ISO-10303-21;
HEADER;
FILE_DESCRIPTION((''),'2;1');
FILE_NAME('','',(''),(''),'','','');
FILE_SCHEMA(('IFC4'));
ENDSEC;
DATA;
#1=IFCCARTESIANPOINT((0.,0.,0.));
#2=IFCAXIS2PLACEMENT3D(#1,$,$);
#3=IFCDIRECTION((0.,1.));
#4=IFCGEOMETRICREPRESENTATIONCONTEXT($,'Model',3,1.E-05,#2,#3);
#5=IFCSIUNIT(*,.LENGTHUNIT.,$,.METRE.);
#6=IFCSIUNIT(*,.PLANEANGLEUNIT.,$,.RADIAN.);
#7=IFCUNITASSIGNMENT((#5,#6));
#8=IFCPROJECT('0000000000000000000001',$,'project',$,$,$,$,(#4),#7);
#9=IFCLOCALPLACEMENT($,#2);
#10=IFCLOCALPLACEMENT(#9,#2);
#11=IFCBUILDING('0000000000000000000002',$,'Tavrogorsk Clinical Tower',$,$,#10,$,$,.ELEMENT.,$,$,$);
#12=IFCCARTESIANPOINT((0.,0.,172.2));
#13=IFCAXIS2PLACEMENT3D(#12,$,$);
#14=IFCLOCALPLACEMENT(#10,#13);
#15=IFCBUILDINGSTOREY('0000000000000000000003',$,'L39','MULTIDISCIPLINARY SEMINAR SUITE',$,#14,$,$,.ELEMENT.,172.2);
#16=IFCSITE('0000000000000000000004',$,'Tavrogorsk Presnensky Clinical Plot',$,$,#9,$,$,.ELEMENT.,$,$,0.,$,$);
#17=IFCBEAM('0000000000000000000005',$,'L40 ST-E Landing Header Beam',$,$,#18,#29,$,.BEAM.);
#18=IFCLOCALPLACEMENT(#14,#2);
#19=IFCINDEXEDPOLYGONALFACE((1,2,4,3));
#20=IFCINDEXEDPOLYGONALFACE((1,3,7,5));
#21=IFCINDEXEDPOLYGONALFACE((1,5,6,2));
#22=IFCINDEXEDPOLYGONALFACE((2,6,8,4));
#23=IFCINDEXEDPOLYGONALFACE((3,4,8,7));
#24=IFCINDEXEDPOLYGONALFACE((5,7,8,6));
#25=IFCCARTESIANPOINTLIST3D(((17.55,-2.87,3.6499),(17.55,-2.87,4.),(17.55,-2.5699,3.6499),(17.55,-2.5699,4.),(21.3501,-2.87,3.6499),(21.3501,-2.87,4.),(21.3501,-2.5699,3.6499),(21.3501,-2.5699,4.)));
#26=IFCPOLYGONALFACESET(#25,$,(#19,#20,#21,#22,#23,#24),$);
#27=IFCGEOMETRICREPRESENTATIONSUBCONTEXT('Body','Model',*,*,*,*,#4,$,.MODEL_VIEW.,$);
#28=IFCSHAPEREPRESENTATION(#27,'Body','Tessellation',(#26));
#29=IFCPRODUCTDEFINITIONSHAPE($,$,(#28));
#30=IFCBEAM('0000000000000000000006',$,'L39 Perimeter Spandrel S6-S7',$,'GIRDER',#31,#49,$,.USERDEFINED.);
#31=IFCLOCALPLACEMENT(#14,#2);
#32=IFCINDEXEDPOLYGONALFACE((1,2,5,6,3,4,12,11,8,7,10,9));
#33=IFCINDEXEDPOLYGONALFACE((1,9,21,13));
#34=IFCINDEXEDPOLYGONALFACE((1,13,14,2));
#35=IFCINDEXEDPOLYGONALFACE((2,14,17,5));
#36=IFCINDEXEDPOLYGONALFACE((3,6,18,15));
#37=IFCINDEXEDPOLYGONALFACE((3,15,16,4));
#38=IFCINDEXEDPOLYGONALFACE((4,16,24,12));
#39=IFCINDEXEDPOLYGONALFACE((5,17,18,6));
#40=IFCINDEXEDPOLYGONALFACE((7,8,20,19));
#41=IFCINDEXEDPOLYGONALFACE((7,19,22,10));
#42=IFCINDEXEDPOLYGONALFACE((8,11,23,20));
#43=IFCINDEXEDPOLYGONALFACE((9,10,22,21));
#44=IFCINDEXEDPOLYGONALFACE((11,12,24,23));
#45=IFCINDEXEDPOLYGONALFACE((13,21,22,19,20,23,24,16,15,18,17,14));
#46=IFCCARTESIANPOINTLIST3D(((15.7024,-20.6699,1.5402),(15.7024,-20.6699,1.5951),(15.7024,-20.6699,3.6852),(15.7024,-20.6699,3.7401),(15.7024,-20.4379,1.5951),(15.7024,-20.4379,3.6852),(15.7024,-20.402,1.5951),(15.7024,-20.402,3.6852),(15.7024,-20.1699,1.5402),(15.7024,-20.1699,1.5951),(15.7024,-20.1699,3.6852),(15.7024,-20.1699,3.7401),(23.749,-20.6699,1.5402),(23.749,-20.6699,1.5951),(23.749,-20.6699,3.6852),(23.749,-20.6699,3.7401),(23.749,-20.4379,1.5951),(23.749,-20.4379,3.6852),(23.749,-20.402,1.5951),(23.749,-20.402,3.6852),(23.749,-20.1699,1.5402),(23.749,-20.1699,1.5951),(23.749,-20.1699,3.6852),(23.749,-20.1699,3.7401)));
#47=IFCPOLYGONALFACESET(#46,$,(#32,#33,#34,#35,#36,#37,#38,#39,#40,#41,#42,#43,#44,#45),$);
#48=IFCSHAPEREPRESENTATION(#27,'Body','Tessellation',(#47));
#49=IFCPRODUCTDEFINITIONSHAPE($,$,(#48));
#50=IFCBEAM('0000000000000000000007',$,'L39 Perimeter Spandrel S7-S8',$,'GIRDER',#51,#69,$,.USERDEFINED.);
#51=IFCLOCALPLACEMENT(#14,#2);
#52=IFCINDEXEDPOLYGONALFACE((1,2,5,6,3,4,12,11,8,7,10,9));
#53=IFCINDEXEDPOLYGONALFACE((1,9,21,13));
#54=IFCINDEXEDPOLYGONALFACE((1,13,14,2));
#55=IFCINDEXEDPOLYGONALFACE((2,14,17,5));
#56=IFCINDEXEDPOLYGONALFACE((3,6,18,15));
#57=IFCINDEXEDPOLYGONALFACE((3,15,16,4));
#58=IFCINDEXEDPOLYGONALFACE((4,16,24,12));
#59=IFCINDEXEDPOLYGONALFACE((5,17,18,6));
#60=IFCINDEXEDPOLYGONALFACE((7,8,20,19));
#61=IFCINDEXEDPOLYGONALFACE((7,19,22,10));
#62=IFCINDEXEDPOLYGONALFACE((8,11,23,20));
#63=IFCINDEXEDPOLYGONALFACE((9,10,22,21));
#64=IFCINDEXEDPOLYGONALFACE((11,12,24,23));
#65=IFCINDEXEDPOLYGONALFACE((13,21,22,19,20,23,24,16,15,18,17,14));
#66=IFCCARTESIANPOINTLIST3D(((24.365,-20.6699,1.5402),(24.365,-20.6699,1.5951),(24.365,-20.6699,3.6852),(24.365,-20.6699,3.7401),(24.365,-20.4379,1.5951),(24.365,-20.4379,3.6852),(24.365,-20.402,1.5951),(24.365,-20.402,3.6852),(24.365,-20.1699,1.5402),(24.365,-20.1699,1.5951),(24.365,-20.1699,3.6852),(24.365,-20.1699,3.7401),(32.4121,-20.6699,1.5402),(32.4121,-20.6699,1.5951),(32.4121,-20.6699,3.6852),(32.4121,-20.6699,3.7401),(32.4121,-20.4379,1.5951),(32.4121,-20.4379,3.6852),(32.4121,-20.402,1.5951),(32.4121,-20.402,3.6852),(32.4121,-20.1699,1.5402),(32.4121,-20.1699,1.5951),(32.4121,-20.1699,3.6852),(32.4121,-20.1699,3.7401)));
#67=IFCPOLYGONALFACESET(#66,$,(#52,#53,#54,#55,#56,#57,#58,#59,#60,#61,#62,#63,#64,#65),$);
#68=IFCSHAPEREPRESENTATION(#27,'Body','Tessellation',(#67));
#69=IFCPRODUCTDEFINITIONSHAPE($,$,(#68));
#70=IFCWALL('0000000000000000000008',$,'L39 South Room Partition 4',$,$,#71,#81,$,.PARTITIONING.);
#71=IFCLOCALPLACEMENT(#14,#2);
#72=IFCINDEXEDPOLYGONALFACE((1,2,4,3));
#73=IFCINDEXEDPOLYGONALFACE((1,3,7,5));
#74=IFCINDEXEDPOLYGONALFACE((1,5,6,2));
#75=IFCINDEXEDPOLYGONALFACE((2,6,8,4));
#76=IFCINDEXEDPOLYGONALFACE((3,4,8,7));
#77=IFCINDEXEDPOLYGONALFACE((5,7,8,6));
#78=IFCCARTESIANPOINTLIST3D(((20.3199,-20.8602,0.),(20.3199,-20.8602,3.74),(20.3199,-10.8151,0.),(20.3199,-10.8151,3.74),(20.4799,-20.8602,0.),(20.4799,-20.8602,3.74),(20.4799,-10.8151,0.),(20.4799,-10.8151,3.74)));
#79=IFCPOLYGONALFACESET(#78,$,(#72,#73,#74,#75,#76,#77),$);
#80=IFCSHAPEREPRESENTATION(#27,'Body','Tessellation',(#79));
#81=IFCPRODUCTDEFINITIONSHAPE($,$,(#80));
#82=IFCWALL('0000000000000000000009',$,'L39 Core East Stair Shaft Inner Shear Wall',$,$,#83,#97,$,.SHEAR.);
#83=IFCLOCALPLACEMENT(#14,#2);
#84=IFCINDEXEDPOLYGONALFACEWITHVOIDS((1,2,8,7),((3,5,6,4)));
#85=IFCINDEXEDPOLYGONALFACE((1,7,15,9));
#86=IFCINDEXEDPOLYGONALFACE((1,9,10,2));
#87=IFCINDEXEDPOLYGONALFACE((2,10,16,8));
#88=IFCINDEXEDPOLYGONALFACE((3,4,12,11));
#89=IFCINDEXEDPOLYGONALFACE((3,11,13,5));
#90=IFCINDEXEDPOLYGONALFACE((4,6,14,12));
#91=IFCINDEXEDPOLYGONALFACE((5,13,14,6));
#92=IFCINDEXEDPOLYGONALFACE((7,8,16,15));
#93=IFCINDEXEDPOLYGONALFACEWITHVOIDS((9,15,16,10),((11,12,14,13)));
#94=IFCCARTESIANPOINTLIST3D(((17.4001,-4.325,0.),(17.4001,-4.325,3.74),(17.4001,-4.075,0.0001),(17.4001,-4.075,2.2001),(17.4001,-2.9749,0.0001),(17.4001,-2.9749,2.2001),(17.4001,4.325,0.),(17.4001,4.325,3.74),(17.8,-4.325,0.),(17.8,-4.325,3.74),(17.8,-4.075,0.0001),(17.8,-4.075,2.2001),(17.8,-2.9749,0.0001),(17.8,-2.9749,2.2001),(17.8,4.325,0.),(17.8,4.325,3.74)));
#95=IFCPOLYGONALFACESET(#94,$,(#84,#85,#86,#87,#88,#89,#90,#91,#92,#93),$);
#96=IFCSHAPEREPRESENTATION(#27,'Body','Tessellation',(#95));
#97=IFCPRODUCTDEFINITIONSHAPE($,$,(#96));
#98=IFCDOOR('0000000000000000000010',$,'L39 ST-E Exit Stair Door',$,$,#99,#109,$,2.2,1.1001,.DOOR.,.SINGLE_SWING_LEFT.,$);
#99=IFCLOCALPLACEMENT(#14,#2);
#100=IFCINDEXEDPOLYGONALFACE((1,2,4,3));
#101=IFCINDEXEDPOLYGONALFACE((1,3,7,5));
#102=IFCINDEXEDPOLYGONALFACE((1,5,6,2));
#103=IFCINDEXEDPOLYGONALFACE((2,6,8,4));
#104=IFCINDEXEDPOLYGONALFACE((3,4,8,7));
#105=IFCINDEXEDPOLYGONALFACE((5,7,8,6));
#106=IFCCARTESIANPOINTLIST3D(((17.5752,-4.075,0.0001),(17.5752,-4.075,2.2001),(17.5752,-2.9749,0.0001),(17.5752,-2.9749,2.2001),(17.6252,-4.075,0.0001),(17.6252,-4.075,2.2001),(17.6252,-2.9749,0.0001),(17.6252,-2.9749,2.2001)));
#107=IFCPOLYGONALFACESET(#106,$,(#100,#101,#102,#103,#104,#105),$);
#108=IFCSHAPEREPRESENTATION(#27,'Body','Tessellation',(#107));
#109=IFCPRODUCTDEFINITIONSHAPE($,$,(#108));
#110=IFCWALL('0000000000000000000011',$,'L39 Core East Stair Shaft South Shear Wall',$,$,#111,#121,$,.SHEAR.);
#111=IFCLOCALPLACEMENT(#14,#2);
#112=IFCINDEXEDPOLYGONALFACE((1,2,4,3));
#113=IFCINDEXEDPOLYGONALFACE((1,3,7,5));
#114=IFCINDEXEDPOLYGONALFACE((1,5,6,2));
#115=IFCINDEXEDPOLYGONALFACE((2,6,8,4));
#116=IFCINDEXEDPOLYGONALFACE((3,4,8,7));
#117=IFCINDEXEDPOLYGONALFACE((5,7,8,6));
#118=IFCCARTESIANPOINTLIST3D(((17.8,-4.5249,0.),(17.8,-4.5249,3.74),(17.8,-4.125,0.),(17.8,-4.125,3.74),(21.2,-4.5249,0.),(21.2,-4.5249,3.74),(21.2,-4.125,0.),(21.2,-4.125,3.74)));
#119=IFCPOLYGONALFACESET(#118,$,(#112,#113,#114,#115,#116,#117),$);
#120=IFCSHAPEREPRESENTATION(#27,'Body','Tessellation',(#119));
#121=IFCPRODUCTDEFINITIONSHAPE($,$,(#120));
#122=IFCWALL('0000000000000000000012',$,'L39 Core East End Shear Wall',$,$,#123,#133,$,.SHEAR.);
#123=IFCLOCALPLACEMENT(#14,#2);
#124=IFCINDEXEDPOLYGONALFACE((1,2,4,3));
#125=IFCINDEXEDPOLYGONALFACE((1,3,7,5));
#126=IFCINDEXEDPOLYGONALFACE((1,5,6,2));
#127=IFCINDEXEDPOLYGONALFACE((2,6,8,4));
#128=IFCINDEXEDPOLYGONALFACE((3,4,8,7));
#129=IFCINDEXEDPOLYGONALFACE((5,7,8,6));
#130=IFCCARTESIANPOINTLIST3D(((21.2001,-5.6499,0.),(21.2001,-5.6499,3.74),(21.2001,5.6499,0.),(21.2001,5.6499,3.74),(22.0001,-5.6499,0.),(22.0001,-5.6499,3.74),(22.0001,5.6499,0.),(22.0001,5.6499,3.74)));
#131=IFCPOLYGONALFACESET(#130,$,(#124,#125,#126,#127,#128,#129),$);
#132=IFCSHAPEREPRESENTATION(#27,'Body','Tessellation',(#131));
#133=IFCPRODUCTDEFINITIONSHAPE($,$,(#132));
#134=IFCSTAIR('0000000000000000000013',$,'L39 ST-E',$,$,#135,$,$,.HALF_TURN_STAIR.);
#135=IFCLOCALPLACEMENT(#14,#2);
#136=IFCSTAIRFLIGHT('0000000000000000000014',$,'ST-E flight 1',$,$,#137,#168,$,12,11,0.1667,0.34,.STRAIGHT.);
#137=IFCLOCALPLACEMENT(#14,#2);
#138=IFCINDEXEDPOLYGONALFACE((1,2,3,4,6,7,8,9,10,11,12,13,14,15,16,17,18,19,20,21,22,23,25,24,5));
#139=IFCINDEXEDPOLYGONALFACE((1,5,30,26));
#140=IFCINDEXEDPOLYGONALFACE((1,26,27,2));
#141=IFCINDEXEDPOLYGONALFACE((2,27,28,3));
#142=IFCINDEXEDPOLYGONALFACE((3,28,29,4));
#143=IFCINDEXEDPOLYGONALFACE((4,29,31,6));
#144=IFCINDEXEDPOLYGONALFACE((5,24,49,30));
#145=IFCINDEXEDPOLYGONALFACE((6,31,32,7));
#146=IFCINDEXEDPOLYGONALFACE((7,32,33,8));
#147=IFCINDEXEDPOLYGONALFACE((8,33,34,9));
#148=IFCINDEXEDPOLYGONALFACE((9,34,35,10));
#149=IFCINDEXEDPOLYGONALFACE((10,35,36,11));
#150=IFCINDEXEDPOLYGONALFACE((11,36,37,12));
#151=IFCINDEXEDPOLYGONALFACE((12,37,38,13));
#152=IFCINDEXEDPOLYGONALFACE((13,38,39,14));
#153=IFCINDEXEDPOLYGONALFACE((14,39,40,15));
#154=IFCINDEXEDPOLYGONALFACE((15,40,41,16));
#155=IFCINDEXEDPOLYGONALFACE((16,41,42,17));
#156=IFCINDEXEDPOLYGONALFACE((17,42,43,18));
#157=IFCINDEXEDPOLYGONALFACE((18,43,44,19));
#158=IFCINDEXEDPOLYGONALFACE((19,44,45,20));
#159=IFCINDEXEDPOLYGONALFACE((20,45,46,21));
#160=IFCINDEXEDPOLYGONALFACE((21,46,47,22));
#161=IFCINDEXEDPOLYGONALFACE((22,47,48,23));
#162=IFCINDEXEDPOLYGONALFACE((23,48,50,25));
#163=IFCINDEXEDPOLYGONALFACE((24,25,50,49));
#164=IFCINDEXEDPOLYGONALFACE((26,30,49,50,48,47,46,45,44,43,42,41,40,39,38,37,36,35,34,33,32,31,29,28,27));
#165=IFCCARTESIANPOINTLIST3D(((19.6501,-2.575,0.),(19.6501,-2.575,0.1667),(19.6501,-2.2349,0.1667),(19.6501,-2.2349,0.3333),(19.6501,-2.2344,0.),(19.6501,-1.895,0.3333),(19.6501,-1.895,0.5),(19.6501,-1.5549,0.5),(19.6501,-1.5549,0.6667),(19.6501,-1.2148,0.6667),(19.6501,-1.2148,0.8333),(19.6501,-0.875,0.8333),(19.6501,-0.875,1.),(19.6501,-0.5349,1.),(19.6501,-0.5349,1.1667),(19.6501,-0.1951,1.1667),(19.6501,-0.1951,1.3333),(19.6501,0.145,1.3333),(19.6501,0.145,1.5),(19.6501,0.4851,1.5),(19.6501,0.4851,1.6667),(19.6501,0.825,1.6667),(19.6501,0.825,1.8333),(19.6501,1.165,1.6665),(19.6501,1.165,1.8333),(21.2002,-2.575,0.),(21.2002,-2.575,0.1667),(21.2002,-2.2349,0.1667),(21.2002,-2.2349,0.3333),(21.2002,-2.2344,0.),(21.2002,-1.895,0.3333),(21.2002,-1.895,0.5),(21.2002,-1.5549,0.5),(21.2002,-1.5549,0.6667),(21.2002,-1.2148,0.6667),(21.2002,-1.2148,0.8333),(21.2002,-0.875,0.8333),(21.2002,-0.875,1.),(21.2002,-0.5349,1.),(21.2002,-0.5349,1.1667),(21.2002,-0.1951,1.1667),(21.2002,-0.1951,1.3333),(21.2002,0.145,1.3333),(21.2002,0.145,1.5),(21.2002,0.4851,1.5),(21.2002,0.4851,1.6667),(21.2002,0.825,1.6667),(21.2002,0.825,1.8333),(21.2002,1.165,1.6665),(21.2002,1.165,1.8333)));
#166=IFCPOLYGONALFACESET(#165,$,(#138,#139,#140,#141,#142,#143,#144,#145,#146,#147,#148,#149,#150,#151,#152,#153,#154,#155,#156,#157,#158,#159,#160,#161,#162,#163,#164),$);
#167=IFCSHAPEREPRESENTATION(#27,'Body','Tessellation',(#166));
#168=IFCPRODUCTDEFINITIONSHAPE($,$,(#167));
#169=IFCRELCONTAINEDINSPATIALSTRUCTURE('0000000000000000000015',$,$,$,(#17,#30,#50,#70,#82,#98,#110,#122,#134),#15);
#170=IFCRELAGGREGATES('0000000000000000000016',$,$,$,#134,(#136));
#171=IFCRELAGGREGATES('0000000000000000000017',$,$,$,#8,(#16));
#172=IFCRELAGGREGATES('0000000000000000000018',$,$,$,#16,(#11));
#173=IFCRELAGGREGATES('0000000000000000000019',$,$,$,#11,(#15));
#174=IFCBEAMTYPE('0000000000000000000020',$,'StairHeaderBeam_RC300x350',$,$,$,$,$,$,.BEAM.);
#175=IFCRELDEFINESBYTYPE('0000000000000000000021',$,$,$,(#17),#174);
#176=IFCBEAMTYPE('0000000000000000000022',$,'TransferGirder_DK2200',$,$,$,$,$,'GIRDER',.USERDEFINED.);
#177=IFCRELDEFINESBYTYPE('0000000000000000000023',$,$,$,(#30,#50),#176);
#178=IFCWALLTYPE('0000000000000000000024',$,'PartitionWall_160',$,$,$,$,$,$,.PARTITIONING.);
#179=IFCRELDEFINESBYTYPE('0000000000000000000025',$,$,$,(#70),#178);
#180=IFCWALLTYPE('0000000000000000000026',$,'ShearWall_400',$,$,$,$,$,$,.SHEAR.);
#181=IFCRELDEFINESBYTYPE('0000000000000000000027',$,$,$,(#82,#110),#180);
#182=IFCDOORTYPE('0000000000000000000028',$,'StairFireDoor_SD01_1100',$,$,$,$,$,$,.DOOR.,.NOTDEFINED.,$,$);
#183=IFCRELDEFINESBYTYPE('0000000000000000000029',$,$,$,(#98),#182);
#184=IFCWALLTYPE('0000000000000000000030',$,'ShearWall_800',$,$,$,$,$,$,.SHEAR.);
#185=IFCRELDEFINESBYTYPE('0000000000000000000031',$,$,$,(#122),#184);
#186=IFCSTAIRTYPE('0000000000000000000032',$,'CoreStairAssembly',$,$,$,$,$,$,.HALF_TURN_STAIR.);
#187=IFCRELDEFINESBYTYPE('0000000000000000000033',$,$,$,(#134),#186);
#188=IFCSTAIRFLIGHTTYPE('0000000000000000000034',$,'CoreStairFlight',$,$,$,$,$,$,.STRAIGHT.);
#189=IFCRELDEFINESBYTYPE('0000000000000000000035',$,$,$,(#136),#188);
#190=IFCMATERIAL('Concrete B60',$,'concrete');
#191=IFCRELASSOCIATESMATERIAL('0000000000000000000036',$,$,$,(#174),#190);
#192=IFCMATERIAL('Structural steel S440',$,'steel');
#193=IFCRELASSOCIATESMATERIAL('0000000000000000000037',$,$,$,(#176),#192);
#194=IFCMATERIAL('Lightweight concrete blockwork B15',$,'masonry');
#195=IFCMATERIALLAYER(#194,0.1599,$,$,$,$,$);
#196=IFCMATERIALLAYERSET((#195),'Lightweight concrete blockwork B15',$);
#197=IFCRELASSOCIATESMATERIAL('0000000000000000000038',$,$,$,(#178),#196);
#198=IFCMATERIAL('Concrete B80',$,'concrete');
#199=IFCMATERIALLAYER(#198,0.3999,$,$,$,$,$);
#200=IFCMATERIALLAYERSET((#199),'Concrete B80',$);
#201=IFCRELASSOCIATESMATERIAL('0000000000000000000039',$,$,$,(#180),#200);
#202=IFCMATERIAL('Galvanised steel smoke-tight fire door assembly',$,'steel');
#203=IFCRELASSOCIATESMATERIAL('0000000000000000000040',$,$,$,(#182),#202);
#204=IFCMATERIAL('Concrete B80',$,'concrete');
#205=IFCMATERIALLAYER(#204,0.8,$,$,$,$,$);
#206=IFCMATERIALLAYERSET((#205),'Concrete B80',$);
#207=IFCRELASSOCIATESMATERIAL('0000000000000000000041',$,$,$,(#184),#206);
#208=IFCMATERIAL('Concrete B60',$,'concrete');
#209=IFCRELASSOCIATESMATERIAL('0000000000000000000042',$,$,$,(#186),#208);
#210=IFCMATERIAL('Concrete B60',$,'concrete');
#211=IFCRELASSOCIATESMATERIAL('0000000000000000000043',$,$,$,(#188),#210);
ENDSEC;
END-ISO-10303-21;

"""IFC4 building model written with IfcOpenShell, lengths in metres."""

from ifc_helpers import new_model, si_unit, direction, frame, frame_2d, origin, origin_2d, place, context, subcontext, project, spatial, polyline, rectangle, i_section, outline, extrude, material, layer, layer_set, material_profile, profile_set, type_object, element, fill, aggregate, save


model = new_model("IFC4")

# Units and contexts
model_context = context("Model", 3, precision=1e-05, world=origin(), true_north=direction((0.0, 1.0)))
body_context = subcontext(model_context, "Body", "Model", "MODEL_VIEW")
ifc_project = project(units=[si_unit("LENGTHUNIT", "METRE"), si_unit("PLANEANGLEUNIT", "RADIAN")], contexts=[model_context])

# Site, building, storey
site_placement = place(None, origin())
site = spatial("IfcSite", under=ifc_project, at=site_placement, Name="Tavrogorsk Presnensky Clinical Plot", CompositionType="ELEMENT", RefElevation=0.0)
building_placement = place(site_placement, origin())
building = spatial("IfcBuilding", under=site, at=building_placement, Name="Tavrogorsk Clinical Tower", CompositionType="ELEMENT")
storey_placement = place(building_placement, frame((0.0, 0.0, 172.2)))
storey = spatial("IfcBuildingStorey", under=building, at=storey_placement, Name="L39", Description="MULTIDISCIPLINARY SEMINAR SUITE", CompositionType="ELEMENT", Elevation=172.2)

# Beams
ifc_material_1 = material(Name="Concrete B60", Category="concrete")
ifc_material_profile_1 = material_profile(ifc_material_1, rectangle(XDim=0.3, YDim=0.3501, at=origin_2d()), Name="RC-SHB-300x350")
ifc_profile_set_1 = profile_set([ifc_material_profile_1], Name="Concrete B60")
beam_type_1 = type_object("IfcBeamType", Name="StairHeaderBeam_RC300x350", PredefinedType="BEAM", material=ifc_profile_set_1)
beam_1_placement = place(storey_placement, frame((17.55, -2.72, 3.825), z_axis=(1.0, 0.0, 0.0), x_axis=(0.0, 1.0, 0.0)))
element("IfcBeam", 1, at=beam_1_placement, inside=storey, type_object=beam_type_1, Name="L40 ST-E Landing Header Beam", PredefinedType="BEAM", context=body_context, shape_type="SweptSolid", body=[
    extrude(rectangle(XDim=0.3, YDim=0.3501, at=origin_2d()), origin(), (0.0, 0.0, 1.0), 3.8),
])
ifc_material_2 = material(Name="Structural steel S440", Category="steel")
ifc_material_profile_2 = material_profile(ifc_material_2, i_section(OverallWidth=0.5, OverallDepth=2.2, WebThickness=0.0359, FlangeThickness=0.0549, at=origin_2d()), Name="DK-2200x500x36x55")
ifc_profile_set_2 = profile_set([ifc_material_profile_2], Name="Structural steel S440")
beam_type_2 = type_object("IfcBeamType", Name="TransferGirder_DK2200", ElementType="GIRDER", PredefinedType="USERDEFINED", material=ifc_profile_set_2)
beam_2_placement = place(storey_placement, frame((15.7024, -20.4199, 2.6401), z_axis=(1.0, 0.0, 0.0), x_axis=(0.0, 1.0, 0.0)))
element("IfcBeam", 2, at=beam_2_placement, inside=storey, type_object=beam_type_2, Name="L39 Perimeter Spandrel S6-S7", ObjectType="GIRDER", PredefinedType="USERDEFINED", context=body_context, shape_type="SweptSolid", body=[
    extrude(i_section(OverallWidth=0.5, OverallDepth=2.2, WebThickness=0.0359, FlangeThickness=0.0549, at=origin_2d()), origin(), (0.0, 0.0, 1.0), 8.0466),
])
beam_3_placement = place(storey_placement, frame((24.365, -20.4199, 2.6401), z_axis=(1.0, 0.0, 0.0), x_axis=(0.0, 1.0, 0.0)))
element("IfcBeam", 3, at=beam_3_placement, inside=storey, type_object=beam_type_2, Name="L39 Perimeter Spandrel S7-S8", ObjectType="GIRDER", PredefinedType="USERDEFINED", context=body_context, shape_type="SweptSolid", body=[
    extrude(i_section(OverallWidth=0.5, OverallDepth=2.2, WebThickness=0.0359, FlangeThickness=0.0549, at=origin_2d()), origin(), (0.0, 0.0, 1.0), 8.0471),
])

# Wall
ifc_material_3 = material(Name="Lightweight concrete blockwork B15", Category="masonry")
ifc_layer_1 = layer(ifc_material_3, 0.1599)
ifc_layer_set_1 = layer_set([ifc_layer_1], Name="Lightweight concrete blockwork B15")
wall_type_1 = type_object("IfcWallType", Name="PartitionWall_160", PredefinedType="PARTITIONING", material=ifc_layer_set_1)
wall_1_placement = place(storey_placement, frame((20.3999, -20.8601, 0.0), z_axis=(0.0, 0.0, 1.0), x_axis=(0.0, 1.0, 0.0)))
element("IfcWall", 4, at=wall_1_placement, inside=storey, type_object=wall_type_1, Name="L39 South Room Partition 4", PredefinedType="PARTITIONING", context=body_context, shape_type="SweptSolid", body=[
    extrude(rectangle(XDim=10.0452, YDim=0.1599, at=frame_2d((5.0225, 0.0))), origin(), (0.0, 0.0, 1.0), 3.74),
])

# Wall, opening, door
ifc_material_4 = material(Name="Concrete B80", Category="concrete")
ifc_layer_2 = layer(ifc_material_4, 0.3999)
ifc_layer_set_2 = layer_set([ifc_layer_2], Name="Concrete B80")
wall_type_2 = type_object("IfcWallType", Name="ShearWall_400", PredefinedType="SHEAR", material=ifc_layer_set_2)
wall_2_placement = place(storey_placement, frame((17.6001, -4.325, 0.0), z_axis=(0.0, 0.0, 1.0), x_axis=(0.0, 1.0, 0.0)))
wall_2 = element("IfcWall", 5, at=wall_2_placement, inside=storey, type_object=wall_type_2, Name="L39 Core East Stair Shaft Inner Shear Wall", PredefinedType="SHEAR", context=body_context, shape_type="SweptSolid", body=[
    extrude(rectangle(XDim=8.6499, YDim=0.3999, at=frame_2d((4.325, 0.0))), origin(), (0.0, 0.0, 1.0), 3.74),
])
opening_placement = place(wall_2_placement, frame((0.25, 0.0, 0.0)))
opening = element("IfcOpeningElement", 6, at=opening_placement, cuts=wall_2, PredefinedType="OPENING", context=body_context, shape_type="SweptSolid", body=[
    extrude(rectangle(XDim=1.1001, YDim=2.2, at=frame_2d((0.55, 1.1001))), frame((0.0, 0.21, 0.0), z_axis=(0.0, -1.0, 0.0), x_axis=(1.0, 0.0, 0.0)), (0.0, 0.0, 1.0), 0.4199),
])
ifc_material_5 = material(Name="Galvanised steel smoke-tight fire door assembly", Category="steel")
door_type = type_object("IfcDoorType", Name="StairFireDoor_SD01_1100", OperationType="NOTDEFINED", PredefinedType="DOOR", material=ifc_material_5)
door_placement = place(opening_placement, origin())
door = element("IfcDoor", 7, at=door_placement, inside=storey, type_object=door_type, Name="L39 ST-E Exit Stair Door", OperationType="SINGLE_SWING_LEFT", OverallHeight=2.2, OverallWidth=1.1001, PredefinedType="DOOR", context=body_context, shape_type="SweptSolid", body=[
    extrude(rectangle(XDim=1.1001, YDim=2.2, at=frame_2d((0.55, 1.1001))), frame((0.0, 0.0249, 0.0), z_axis=(0.0, -1.0, 0.0), x_axis=(1.0, 0.0, 0.0)), (0.0, 0.0, 1.0), 0.05),
])
fill(opening, door)

# Walls
wall_3_placement = place(storey_placement, frame((17.8, -4.325, 0.0), z_axis=(0.0, 0.0, 1.0), x_axis=(1.0, 0.0, 0.0)))
element("IfcWall", 8, at=wall_3_placement, inside=storey, type_object=wall_type_2, Name="L39 Core East Stair Shaft South Shear Wall", PredefinedType="SHEAR", context=body_context, shape_type="SweptSolid", body=[
    extrude(rectangle(XDim=3.3999, YDim=0.3999, at=frame_2d((1.7, 0.0))), origin(), (0.0, 0.0, 1.0), 3.74),
])
ifc_material_6 = material(Name="Concrete B80", Category="concrete")
ifc_layer_3 = layer(ifc_material_6, 0.8)
ifc_layer_set_3 = layer_set([ifc_layer_3], Name="Concrete B80")
wall_type_3 = type_object("IfcWallType", Name="ShearWall_800", PredefinedType="SHEAR", material=ifc_layer_set_3)
wall_4_placement = place(storey_placement, frame((21.6001, -5.6499, 0.0), z_axis=(0.0, 0.0, 1.0), x_axis=(0.0, 1.0, 0.0)))
element("IfcWall", 9, at=wall_4_placement, inside=storey, type_object=wall_type_3, Name="L39 Core East End Shear Wall", PredefinedType="SHEAR", context=body_context, shape_type="SweptSolid", body=[
    extrude(rectangle(XDim=11.2998, YDim=0.8, at=frame_2d((5.6499, 0.0))), origin(), (0.0, 0.0, 1.0), 3.74),
])

# Stair, stair flight
ifc_material_7 = material(Name="Concrete B60", Category="concrete")
stair_type = type_object("IfcStairType", Name="CoreStairAssembly", PredefinedType="HALF_TURN_STAIR", material=ifc_material_7)
stair_placement = place(storey_placement, origin())
stair = element("IfcStair", 10, at=stair_placement, inside=storey, type_object=stair_type, Name="L39 ST-E", PredefinedType="HALF_TURN_STAIR")
ifc_material_8 = material(Name="Concrete B60", Category="concrete")
stair_flight_type = type_object("IfcStairFlightType", Name="CoreStairFlight", PredefinedType="STRAIGHT", material=ifc_material_8)
stair_flight_placement = place(storey_placement, frame((20.425, -2.575, 0.0), z_axis=(0.0, 0.0, 1.0), x_axis=(0.0, 1.0, 0.0)))
stair_flight = element("IfcStairFlight", 11, at=stair_flight_placement, type_object=stair_flight_type, Name="ST-E flight 1", NumberOfRisers=12, NumberOfTreads=11, PredefinedType="STRAIGHT", RiserHeight=0.1667, TreadLength=0.34, context=body_context, shape_type="SweptSolid", body=[
    extrude(outline(polyline([(0.0, 0.0), (0.0, 0.1667), (0.3401, 0.1667), (0.3401, 0.3333), (0.6799, 0.3333), (0.6799, 0.5), (1.02, 0.5), (1.02, 0.6667), (1.3601, 0.6667), (1.3601, 0.8333), (1.7, 0.8333), (1.7, 1.0), (2.04, 1.0), (2.04, 1.1667), (2.3799, 1.1667), (2.3799, 1.3333), (2.72, 1.3333), (2.72, 1.5), (3.0601, 1.5), (3.0601, 1.6667), (3.3999, 1.6667), (3.3999, 1.8333), (3.74, 1.8333), (3.74, 2.0), (3.74, 1.6665), (0.3406, 0.0), (0.0, 0.0)])), frame((0.0, 0.7749, 0.0), z_axis=(0.0, -1.0, 0.0), x_axis=(1.0, 0.0, 0.0)), (0.0, 0.0, 1.0), 1.55),
])
aggregate(stair, [stair_flight])

save(model, "model.ifc")
